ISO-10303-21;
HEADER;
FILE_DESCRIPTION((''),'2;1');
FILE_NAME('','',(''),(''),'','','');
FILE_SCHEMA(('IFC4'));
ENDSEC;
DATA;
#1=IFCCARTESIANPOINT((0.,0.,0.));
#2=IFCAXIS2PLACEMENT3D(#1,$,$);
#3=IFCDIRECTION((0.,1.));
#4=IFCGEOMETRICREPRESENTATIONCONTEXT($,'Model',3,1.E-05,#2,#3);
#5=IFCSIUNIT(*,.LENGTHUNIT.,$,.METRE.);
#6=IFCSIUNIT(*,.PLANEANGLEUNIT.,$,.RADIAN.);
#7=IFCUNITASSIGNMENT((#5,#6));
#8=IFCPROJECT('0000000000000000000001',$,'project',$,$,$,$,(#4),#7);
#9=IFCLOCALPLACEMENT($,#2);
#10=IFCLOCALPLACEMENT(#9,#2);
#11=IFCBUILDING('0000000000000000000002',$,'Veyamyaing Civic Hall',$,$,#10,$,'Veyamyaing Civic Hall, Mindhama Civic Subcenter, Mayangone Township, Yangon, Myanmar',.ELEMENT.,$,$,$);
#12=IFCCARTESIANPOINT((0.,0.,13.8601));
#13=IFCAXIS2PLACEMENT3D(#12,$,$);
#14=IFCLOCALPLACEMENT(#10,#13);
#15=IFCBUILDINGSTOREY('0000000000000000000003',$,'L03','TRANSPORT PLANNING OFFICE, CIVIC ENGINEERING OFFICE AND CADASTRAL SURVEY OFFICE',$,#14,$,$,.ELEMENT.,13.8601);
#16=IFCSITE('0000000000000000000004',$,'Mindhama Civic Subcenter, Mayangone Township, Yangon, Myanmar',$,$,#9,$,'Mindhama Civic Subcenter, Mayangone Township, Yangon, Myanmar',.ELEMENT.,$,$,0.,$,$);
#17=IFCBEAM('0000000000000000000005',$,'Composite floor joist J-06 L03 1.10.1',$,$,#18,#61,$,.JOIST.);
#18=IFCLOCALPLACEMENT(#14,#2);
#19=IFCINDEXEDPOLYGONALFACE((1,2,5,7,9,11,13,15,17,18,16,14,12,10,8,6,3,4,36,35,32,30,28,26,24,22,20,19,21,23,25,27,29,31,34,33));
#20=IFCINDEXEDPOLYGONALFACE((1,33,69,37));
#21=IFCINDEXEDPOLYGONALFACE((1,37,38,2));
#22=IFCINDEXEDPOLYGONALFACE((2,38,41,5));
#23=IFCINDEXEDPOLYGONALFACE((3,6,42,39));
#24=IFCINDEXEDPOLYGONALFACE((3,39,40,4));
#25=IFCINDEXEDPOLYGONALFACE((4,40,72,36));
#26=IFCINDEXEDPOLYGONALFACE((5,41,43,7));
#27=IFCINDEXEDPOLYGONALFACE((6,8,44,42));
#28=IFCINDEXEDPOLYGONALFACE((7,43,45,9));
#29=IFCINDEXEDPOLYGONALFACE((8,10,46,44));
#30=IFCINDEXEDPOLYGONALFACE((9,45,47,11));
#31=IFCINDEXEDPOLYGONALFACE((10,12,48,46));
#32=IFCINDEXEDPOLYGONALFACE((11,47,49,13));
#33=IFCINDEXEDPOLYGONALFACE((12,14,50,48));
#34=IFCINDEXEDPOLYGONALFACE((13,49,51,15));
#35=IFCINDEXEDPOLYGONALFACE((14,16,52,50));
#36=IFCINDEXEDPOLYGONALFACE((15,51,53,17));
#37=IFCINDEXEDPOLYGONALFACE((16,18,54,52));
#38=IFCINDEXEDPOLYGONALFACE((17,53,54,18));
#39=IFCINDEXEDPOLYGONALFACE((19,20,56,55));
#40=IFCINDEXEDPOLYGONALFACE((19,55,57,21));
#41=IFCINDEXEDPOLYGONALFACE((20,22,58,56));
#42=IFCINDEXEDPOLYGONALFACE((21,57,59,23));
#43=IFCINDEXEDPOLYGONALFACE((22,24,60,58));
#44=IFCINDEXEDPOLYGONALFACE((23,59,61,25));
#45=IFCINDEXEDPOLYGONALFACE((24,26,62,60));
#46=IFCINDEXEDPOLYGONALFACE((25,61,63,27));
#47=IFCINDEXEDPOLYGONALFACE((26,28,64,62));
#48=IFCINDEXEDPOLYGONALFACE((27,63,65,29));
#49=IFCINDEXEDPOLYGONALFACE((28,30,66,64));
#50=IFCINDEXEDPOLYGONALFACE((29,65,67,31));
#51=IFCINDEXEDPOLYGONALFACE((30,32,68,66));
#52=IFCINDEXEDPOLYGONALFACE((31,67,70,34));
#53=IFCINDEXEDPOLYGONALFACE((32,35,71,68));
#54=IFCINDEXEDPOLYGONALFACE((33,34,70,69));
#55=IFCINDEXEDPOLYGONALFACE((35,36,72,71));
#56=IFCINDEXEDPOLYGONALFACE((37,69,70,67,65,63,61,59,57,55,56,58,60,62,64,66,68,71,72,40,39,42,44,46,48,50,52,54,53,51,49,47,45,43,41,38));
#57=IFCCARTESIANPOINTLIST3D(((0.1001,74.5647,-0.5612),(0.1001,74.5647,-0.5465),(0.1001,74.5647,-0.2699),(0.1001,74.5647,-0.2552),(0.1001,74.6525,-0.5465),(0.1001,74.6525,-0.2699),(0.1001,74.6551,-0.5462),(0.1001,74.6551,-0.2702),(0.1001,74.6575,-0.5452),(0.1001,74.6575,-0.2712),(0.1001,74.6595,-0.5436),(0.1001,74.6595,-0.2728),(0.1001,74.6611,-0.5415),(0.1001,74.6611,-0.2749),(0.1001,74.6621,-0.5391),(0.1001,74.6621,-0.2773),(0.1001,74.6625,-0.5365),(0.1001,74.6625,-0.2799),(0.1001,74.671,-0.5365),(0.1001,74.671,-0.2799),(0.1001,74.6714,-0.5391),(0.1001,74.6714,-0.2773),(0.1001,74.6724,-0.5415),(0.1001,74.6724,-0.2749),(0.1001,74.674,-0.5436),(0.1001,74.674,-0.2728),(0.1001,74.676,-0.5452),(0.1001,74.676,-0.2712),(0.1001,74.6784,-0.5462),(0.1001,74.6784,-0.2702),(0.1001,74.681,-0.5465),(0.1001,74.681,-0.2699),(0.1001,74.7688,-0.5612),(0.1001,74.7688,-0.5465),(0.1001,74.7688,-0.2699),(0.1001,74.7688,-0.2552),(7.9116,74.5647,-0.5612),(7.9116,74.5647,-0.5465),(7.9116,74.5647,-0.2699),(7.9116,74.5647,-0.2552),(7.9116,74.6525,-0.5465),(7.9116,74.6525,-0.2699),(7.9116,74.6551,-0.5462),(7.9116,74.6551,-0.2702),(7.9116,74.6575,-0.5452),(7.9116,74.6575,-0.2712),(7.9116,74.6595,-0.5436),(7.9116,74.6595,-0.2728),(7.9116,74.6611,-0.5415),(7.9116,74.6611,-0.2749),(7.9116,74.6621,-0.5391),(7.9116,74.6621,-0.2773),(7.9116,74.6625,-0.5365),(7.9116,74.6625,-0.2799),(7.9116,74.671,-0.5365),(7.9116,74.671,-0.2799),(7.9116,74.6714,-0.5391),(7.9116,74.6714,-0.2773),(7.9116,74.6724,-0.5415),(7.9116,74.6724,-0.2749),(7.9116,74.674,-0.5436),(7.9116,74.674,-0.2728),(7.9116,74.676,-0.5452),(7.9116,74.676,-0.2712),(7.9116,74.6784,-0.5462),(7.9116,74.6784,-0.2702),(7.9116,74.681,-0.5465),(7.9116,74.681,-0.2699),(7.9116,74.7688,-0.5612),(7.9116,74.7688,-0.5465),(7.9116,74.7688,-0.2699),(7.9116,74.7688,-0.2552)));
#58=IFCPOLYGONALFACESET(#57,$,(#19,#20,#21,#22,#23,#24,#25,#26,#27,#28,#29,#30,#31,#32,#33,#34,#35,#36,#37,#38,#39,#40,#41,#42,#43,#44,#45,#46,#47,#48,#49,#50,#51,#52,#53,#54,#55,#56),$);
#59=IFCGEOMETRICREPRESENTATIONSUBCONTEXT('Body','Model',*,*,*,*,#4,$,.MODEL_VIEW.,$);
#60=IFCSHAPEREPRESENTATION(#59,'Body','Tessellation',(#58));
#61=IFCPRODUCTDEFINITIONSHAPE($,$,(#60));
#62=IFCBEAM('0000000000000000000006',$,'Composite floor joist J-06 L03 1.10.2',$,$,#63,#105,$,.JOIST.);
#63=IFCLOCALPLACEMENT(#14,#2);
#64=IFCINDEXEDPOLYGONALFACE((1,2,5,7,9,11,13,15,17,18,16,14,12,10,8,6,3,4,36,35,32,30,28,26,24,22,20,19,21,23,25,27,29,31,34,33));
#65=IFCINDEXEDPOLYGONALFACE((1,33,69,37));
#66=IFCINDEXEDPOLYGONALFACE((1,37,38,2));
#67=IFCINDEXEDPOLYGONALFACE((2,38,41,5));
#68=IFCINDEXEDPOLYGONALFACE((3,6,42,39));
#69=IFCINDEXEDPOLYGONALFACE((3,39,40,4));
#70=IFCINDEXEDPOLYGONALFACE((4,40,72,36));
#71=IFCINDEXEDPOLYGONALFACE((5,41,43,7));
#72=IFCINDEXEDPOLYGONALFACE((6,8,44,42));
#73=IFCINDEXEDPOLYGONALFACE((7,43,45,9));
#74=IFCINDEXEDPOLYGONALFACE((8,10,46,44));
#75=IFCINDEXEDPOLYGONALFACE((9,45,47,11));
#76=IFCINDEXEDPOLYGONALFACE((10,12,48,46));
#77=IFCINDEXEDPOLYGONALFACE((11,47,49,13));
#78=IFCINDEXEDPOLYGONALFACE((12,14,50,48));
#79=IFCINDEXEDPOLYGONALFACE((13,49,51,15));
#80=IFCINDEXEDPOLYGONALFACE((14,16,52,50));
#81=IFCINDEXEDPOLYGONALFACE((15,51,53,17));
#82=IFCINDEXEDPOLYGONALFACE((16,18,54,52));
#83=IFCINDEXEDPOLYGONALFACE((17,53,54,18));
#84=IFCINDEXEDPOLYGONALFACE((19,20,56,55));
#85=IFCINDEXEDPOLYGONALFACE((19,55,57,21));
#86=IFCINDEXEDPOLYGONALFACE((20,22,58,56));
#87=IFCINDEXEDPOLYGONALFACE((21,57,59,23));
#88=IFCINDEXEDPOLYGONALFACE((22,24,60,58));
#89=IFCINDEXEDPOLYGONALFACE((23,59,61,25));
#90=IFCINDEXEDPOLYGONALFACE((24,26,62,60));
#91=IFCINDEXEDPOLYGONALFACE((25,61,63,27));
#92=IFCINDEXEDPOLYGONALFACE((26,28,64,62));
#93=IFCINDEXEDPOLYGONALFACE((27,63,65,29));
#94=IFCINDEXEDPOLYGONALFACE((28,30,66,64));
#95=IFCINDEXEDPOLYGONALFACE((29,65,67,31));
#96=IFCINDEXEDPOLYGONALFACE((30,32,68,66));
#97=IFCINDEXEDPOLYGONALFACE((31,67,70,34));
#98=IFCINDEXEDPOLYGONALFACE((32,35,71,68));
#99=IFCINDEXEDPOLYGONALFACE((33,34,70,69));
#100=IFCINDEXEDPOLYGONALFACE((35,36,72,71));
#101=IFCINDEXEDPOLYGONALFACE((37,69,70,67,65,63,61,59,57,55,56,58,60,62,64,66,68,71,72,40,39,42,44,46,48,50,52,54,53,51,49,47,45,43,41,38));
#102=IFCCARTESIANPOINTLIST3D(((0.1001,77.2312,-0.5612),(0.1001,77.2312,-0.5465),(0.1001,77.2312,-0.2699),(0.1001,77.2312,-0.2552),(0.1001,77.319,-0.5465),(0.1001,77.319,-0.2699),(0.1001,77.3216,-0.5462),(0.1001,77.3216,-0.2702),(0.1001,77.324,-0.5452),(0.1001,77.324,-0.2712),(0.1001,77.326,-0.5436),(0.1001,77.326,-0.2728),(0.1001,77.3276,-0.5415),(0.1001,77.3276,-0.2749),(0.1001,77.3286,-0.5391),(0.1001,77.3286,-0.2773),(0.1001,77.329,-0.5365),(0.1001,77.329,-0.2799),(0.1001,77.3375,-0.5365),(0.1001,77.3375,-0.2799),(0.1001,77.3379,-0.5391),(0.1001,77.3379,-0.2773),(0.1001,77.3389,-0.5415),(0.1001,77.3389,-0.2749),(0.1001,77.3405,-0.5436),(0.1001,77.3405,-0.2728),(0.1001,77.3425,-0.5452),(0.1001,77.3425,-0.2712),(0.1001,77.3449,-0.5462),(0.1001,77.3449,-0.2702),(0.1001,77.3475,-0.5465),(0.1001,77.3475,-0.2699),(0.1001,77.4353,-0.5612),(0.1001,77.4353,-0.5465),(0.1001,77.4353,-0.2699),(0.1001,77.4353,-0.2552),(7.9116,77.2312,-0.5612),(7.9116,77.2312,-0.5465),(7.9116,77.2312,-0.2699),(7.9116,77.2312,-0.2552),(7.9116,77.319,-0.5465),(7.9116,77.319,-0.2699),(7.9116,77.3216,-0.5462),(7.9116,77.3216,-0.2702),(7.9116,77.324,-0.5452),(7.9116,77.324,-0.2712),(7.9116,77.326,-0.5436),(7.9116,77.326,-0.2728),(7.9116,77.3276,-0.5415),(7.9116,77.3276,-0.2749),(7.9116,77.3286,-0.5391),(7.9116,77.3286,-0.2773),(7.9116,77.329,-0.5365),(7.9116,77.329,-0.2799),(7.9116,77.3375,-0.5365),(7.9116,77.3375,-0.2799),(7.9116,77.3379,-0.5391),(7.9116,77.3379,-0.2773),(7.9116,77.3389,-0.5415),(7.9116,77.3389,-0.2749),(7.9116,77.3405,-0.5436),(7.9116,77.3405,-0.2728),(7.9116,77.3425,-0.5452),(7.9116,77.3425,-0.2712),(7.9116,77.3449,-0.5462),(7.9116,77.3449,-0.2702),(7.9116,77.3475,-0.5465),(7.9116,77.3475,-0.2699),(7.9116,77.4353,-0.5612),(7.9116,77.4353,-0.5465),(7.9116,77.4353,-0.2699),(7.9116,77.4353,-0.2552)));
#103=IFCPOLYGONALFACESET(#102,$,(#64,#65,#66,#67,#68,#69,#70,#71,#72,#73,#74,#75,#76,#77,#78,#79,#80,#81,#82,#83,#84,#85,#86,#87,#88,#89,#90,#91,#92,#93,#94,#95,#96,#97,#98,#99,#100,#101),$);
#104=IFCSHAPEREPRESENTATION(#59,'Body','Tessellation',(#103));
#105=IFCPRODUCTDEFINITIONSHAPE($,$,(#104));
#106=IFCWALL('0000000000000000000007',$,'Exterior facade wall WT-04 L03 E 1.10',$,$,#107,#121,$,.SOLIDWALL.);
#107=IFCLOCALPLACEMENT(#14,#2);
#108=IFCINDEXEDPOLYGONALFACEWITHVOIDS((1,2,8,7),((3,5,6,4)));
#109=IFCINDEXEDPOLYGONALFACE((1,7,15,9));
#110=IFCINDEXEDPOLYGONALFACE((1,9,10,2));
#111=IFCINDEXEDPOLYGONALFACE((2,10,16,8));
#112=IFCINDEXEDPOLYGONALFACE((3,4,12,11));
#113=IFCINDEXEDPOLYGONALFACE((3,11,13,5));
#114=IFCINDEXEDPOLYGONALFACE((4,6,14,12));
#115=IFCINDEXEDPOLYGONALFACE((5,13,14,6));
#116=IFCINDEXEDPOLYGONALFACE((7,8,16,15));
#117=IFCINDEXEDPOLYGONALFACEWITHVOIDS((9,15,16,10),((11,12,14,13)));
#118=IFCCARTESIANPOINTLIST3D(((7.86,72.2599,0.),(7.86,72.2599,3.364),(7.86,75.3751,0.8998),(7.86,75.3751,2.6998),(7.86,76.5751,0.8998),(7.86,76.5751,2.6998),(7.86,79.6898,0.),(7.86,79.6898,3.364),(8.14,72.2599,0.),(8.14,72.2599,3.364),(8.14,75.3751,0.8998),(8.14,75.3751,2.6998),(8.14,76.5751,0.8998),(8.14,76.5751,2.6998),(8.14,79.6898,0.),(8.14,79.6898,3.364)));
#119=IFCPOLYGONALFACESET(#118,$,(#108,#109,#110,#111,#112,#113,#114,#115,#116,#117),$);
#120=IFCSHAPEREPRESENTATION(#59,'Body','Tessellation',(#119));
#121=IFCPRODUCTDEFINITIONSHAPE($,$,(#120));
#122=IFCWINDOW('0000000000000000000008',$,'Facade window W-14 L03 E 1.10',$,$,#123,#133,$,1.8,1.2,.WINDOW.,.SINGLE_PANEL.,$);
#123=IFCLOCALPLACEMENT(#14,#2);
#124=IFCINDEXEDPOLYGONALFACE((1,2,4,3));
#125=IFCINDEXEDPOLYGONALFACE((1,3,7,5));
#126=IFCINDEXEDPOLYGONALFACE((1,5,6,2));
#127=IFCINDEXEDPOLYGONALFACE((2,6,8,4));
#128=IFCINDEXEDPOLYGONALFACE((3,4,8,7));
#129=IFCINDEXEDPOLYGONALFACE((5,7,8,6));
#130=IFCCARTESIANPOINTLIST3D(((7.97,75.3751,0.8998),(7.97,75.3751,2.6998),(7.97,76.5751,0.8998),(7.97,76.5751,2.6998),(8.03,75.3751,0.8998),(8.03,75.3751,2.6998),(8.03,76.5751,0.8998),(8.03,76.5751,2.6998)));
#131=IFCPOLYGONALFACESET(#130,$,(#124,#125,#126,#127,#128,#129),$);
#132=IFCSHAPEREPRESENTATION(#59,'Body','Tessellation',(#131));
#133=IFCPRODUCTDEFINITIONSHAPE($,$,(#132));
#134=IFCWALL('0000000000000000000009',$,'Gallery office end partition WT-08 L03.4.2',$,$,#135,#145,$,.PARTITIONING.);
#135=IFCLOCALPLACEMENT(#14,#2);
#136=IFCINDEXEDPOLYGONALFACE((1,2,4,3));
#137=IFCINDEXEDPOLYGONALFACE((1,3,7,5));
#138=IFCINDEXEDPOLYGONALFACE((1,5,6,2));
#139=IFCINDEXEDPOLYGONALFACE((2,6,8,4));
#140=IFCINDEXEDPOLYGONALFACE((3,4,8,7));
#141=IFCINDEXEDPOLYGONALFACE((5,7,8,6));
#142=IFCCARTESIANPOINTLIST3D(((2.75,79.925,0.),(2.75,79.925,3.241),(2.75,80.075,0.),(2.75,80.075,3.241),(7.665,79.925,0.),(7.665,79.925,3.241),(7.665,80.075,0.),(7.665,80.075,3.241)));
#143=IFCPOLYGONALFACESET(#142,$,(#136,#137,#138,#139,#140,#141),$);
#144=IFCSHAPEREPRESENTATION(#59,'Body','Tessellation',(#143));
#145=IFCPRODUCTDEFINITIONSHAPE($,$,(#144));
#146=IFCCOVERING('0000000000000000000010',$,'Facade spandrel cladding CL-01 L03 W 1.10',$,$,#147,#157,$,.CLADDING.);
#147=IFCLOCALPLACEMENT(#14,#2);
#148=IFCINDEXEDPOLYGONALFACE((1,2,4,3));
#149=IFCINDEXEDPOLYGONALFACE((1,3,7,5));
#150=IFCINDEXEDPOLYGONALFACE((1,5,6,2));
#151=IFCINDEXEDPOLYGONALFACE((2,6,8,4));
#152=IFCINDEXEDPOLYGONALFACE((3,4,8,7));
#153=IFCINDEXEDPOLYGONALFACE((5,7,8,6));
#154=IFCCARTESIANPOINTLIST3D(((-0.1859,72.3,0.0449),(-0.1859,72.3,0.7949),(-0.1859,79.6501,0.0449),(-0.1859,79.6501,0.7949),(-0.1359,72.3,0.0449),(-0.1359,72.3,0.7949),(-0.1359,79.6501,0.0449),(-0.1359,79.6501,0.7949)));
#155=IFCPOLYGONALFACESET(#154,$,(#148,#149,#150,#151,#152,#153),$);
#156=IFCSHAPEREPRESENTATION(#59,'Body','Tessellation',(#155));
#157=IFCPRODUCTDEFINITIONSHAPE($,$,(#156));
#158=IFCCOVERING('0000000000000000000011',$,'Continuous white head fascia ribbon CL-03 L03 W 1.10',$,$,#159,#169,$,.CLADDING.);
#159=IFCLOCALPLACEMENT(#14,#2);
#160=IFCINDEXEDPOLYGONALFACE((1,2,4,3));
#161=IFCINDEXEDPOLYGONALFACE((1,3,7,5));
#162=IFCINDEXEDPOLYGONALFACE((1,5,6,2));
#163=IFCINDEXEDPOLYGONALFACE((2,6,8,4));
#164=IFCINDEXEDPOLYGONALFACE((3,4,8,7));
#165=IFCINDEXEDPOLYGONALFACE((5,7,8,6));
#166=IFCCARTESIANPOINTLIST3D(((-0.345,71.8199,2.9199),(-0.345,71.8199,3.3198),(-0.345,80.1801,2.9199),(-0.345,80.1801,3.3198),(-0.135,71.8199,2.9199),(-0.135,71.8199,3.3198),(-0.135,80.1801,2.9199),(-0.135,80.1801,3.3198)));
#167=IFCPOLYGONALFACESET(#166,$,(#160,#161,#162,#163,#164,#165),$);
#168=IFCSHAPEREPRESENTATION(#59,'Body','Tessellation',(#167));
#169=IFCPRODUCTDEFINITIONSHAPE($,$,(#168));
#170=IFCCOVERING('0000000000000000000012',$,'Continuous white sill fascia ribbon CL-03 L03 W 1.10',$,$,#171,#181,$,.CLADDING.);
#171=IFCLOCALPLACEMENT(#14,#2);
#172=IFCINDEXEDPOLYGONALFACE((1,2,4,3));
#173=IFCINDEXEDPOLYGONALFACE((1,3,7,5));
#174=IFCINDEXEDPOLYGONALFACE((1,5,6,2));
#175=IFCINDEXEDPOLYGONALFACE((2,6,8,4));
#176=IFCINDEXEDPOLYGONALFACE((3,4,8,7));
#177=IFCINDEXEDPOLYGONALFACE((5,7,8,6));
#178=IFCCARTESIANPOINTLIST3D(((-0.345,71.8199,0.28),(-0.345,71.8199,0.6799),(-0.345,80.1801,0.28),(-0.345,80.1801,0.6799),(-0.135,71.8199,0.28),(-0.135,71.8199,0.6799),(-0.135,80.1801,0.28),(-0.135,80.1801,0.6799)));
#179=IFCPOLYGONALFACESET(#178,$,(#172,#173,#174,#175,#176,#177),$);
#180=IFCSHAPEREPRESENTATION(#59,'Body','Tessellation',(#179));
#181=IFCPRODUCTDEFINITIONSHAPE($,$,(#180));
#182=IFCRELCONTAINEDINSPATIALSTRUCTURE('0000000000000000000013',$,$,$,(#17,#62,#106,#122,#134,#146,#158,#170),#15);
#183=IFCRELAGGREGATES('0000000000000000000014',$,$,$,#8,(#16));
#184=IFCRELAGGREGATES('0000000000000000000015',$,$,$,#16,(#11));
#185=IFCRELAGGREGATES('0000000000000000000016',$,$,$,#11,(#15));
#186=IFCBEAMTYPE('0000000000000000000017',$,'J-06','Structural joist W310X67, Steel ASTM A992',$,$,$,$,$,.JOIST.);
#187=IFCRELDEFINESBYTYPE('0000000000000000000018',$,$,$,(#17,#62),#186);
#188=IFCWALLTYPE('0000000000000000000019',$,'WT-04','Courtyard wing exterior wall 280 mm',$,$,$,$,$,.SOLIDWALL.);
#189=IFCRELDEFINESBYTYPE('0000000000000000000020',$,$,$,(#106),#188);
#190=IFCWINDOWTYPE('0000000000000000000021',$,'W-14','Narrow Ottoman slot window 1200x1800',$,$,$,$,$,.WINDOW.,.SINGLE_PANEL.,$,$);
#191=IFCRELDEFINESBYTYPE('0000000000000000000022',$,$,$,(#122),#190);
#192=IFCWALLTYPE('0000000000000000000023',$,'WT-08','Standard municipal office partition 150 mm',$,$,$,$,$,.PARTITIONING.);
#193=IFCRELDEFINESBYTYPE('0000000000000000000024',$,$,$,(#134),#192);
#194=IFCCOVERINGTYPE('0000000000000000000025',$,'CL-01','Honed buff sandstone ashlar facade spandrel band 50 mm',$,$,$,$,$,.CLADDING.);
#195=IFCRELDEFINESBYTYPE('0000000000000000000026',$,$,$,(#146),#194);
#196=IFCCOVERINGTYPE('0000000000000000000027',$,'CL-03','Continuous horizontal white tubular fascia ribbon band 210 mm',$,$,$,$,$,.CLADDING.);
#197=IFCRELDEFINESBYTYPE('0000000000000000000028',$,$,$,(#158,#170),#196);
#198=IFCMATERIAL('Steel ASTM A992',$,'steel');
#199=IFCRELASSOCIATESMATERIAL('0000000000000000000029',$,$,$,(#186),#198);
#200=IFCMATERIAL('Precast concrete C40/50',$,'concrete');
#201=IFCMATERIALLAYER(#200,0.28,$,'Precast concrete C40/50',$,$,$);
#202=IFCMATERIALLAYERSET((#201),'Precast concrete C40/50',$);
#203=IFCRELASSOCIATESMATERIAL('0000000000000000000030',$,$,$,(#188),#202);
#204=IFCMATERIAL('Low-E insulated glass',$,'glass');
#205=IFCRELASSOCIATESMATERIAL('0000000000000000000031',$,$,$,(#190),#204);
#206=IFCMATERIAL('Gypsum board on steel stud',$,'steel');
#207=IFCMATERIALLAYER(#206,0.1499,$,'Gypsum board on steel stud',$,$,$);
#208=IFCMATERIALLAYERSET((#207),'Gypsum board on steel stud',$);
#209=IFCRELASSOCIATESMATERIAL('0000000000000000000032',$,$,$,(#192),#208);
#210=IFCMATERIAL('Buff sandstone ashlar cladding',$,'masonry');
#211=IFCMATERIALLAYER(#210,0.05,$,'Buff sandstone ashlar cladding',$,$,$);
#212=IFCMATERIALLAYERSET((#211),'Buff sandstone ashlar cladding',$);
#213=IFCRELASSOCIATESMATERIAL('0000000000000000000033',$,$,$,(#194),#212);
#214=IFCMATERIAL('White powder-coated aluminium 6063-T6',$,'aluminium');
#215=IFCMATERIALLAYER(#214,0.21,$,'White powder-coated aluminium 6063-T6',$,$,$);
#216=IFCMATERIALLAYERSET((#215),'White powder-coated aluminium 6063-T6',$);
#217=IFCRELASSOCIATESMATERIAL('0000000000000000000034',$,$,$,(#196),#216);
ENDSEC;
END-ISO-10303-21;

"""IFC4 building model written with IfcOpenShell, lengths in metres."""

from ifc_helpers import new_model, si_unit, direction, frame, frame_2d, origin, origin_2d, place, context, subcontext, project, spatial, rectangle, i_section, extrude, material, layer, layer_set, material_profile, profile_set, type_object, element, fill, save


model = new_model("IFC4")

# Units and contexts
model_context = context("Model", 3, precision=1e-05, world=origin(), true_north=direction((0.0, 1.0)))
body_context = subcontext(model_context, "Body", "Model", "MODEL_VIEW")
ifc_project = project(units=[si_unit("LENGTHUNIT", "METRE"), si_unit("PLANEANGLEUNIT", "RADIAN")], contexts=[model_context])

# Site, building, storey
site_placement = place(None, origin())
site = spatial("IfcSite", under=ifc_project, at=site_placement, Name="Mindhama Civic Subcenter, Mayangone Township, Yangon, Myanmar", LongName="Mindhama Civic Subcenter, Mayangone Township, Yangon, Myanmar", CompositionType="ELEMENT", RefElevation=0.0)
building_placement = place(site_placement, origin())
building = spatial("IfcBuilding", under=site, at=building_placement, Name="Veyamyaing Civic Hall", LongName="Veyamyaing Civic Hall, Mindhama Civic Subcenter, Mayangone Township, Yangon, Myanmar", CompositionType="ELEMENT")
storey_placement = place(building_placement, frame((0.0, 0.0, 13.8601)))
storey = spatial("IfcBuildingStorey", under=building, at=storey_placement, Name="L03", Description="TRANSPORT PLANNING OFFICE, CIVIC ENGINEERING OFFICE AND CADASTRAL SURVEY OFFICE", CompositionType="ELEMENT", Elevation=13.8601)

# Beams
ifc_material_1 = material(Name="Steel ASTM A992", Category="steel")
ifc_material_profile_1 = material_profile(ifc_material_1, i_section(OverallWidth=0.2041, OverallDepth=0.3059, WebThickness=0.0085, FlangeThickness=0.0146, FilletRadius=0.01, at=origin_2d()), Name="W310X67")
ifc_profile_set_1 = profile_set([ifc_material_profile_1], Name="Steel ASTM A992")
beam_type_1 = type_object("IfcBeamType", Name="J-06", Description="Structural joist W310X67, Steel ASTM A992", PredefinedType="JOIST", material=ifc_profile_set_1)
for number, where, z_axis, x_axis, name in (
    (1, (0.1001, 74.6667, -0.4082), (1.0, 0.0, 0.0), (0.0, 1.0, 0.0), "Composite floor joist J-06 L03 1.10.1"),
    (2, (0.1001, 77.3333, -0.4082), (1.0, 0.0, 0.0), (0.0, 1.0, 0.0), "Composite floor joist J-06 L03 1.10.2"),
):
    element("IfcBeam", number, at=place(storey_placement, frame(where, z_axis=z_axis, x_axis=x_axis)), inside=storey, type_object=beam_type_1, Name=name, PredefinedType="JOIST", context=body_context, shape_type="SweptSolid", body=[
        extrude(i_section(OverallWidth=0.2041, OverallDepth=0.3059, WebThickness=0.0085, FlangeThickness=0.0146, FilletRadius=0.01, at=origin_2d()), origin(), (0.0, 0.0, 1.0), 7.8115),
    ])

# Wall, opening, window
ifc_material_2 = material(Name="Precast concrete C40/50", Category="concrete")
ifc_layer_1 = layer(ifc_material_2, 0.28, Name="Precast concrete C40/50")
ifc_layer_set_1 = layer_set([ifc_layer_1], Name="Precast concrete C40/50")
wall_type_1 = type_object("IfcWallType", Name="WT-04", Description="Courtyard wing exterior wall 280 mm", PredefinedType="SOLIDWALL", material=ifc_layer_set_1)
wall_1_placement = place(storey_placement, frame((8.0, 72.26, 0.0), z_axis=(0.0, 0.0, 1.0), x_axis=(0.0, 1.0, 0.0)))
wall_1 = element("IfcWall", 3, at=wall_1_placement, inside=storey, type_object=wall_type_1, Name="Exterior facade wall WT-04 L03 E 1.10", PredefinedType="SOLIDWALL", context=body_context, shape_type="SweptSolid", body=[
    extrude(rectangle(XDim=7.4299, YDim=0.28, at=frame_2d((3.7148, 0.0))), origin(), (0.0, 0.0, 1.0), 3.364),
])
opening_placement = place(wall_1_placement, frame((3.115, 0.0, 0.8999)))
opening = element("IfcOpeningElement", 4, at=opening_placement, cuts=wall_1, PredefinedType="OPENING", context=body_context, shape_type="SweptSolid", body=[
    extrude(rectangle(XDim=1.2, YDim=1.8, at=frame_2d((0.6001, 0.8999))), frame((0.0, 0.1499, 0.0), z_axis=(0.0, -1.0, 0.0), x_axis=(1.0, 0.0, 0.0)), (0.0, 0.0, 1.0), 0.3),
])
ifc_material_3 = material(Name="Low-E insulated glass", Category="glass")
window_type = type_object("IfcWindowType", Name="W-14", Description="Narrow Ottoman slot window 1200x1800", PartitioningType="SINGLE_PANEL", PredefinedType="WINDOW", material=ifc_material_3)
window_placement = place(opening_placement, origin())
window = element("IfcWindow", 5, at=window_placement, inside=storey, type_object=window_type, Name="Facade window W-14 L03 E 1.10", OverallHeight=1.8, OverallWidth=1.2, PartitioningType="SINGLE_PANEL", PredefinedType="WINDOW", context=body_context, shape_type="SweptSolid", body=[
    extrude(rectangle(XDim=1.2, YDim=1.8, at=frame_2d((0.6001, 0.8999))), frame((0.0, 0.03, 0.0), z_axis=(0.0, -1.0, 0.0), x_axis=(1.0, 0.0, 0.0)), (0.0, 0.0, 1.0), 0.0601),
])
fill(opening, window)

# Wall
ifc_material_4 = material(Name="Gypsum board on steel stud", Category="steel")
ifc_layer_2 = layer(ifc_material_4, 0.1499, Name="Gypsum board on steel stud")
ifc_layer_set_2 = layer_set([ifc_layer_2], Name="Gypsum board on steel stud")
wall_type_2 = type_object("IfcWallType", Name="WT-08", Description="Standard municipal office partition 150 mm", PredefinedType="PARTITIONING", material=ifc_layer_set_2)
wall_2_placement = place(storey_placement, frame((2.75, 80.0, 0.0), z_axis=(0.0, 0.0, 1.0), x_axis=(1.0, 0.0, 0.0)))
element("IfcWall", 6, at=wall_2_placement, inside=storey, type_object=wall_type_2, Name="Gallery office end partition WT-08 L03.4.2", PredefinedType="PARTITIONING", context=body_context, shape_type="SweptSolid", body=[
    extrude(rectangle(XDim=4.915, YDim=0.1499, at=frame_2d((2.4575, 0.0))), origin(), (0.0, 0.0, 1.0), 3.241),
])

# Coverings
ifc_material_5 = material(Name="Buff sandstone ashlar cladding", Category="masonry")
ifc_layer_3 = layer(ifc_material_5, 0.05, Name="Buff sandstone ashlar cladding")
ifc_layer_set_3 = layer_set([ifc_layer_3], Name="Buff sandstone ashlar cladding")
covering_type_1 = type_object("IfcCoveringType", Name="CL-01", Description="Honed buff sandstone ashlar facade spandrel band 50 mm", PredefinedType="CLADDING", material=ifc_layer_set_3)
covering_placement = place(storey_placement, frame((-0.1609, 75.9751, 0.0449), z_axis=(0.0, 0.0, 1.0), x_axis=(0.0, 1.0, 0.0)))
element("IfcCovering", 7, at=covering_placement, inside=storey, type_object=covering_type_1, Name="Facade spandrel cladding CL-01 L03 W 1.10", PredefinedType="CLADDING", context=body_context, shape_type="SweptSolid", body=[
    extrude(rectangle(XDim=7.3501, YDim=0.05, at=origin_2d()), origin(), (0.0, 0.0, 1.0), 0.75),
])
ifc_material_6 = material(Name="White powder-coated aluminium 6063-T6", Category="aluminium")
ifc_layer_4 = layer(ifc_material_6, 0.21, Name="White powder-coated aluminium 6063-T6")
ifc_layer_set_4 = layer_set([ifc_layer_4], Name="White powder-coated aluminium 6063-T6")
covering_type_2 = type_object("IfcCoveringType", Name="CL-03", Description="Continuous horizontal white tubular fascia ribbon band 210 mm", PredefinedType="CLADDING", material=ifc_layer_set_4)
for number, where, z_axis, x_axis, name in (
    (8, (-0.24, 76.0, 2.9199), (0.0, 0.0, 1.0), (0.0, 1.0, 0.0), "Continuous white head fascia ribbon CL-03 L03 W 1.10"),
    (9, (-0.24, 76.0, 0.28), (0.0, 0.0, 1.0), (0.0, 1.0, 0.0), "Continuous white sill fascia ribbon CL-03 L03 W 1.10"),
):
    element("IfcCovering", number, at=place(storey_placement, frame(where, z_axis=z_axis, x_axis=x_axis)), inside=storey, type_object=covering_type_2, Name=name, PredefinedType="CLADDING", context=body_context, shape_type="SweptSolid", body=[
        extrude(rectangle(XDim=8.3601, YDim=0.21, at=origin_2d()), origin(), (0.0, 0.0, 1.0), 0.3999),
    ])

save(model, "model.ifc")
